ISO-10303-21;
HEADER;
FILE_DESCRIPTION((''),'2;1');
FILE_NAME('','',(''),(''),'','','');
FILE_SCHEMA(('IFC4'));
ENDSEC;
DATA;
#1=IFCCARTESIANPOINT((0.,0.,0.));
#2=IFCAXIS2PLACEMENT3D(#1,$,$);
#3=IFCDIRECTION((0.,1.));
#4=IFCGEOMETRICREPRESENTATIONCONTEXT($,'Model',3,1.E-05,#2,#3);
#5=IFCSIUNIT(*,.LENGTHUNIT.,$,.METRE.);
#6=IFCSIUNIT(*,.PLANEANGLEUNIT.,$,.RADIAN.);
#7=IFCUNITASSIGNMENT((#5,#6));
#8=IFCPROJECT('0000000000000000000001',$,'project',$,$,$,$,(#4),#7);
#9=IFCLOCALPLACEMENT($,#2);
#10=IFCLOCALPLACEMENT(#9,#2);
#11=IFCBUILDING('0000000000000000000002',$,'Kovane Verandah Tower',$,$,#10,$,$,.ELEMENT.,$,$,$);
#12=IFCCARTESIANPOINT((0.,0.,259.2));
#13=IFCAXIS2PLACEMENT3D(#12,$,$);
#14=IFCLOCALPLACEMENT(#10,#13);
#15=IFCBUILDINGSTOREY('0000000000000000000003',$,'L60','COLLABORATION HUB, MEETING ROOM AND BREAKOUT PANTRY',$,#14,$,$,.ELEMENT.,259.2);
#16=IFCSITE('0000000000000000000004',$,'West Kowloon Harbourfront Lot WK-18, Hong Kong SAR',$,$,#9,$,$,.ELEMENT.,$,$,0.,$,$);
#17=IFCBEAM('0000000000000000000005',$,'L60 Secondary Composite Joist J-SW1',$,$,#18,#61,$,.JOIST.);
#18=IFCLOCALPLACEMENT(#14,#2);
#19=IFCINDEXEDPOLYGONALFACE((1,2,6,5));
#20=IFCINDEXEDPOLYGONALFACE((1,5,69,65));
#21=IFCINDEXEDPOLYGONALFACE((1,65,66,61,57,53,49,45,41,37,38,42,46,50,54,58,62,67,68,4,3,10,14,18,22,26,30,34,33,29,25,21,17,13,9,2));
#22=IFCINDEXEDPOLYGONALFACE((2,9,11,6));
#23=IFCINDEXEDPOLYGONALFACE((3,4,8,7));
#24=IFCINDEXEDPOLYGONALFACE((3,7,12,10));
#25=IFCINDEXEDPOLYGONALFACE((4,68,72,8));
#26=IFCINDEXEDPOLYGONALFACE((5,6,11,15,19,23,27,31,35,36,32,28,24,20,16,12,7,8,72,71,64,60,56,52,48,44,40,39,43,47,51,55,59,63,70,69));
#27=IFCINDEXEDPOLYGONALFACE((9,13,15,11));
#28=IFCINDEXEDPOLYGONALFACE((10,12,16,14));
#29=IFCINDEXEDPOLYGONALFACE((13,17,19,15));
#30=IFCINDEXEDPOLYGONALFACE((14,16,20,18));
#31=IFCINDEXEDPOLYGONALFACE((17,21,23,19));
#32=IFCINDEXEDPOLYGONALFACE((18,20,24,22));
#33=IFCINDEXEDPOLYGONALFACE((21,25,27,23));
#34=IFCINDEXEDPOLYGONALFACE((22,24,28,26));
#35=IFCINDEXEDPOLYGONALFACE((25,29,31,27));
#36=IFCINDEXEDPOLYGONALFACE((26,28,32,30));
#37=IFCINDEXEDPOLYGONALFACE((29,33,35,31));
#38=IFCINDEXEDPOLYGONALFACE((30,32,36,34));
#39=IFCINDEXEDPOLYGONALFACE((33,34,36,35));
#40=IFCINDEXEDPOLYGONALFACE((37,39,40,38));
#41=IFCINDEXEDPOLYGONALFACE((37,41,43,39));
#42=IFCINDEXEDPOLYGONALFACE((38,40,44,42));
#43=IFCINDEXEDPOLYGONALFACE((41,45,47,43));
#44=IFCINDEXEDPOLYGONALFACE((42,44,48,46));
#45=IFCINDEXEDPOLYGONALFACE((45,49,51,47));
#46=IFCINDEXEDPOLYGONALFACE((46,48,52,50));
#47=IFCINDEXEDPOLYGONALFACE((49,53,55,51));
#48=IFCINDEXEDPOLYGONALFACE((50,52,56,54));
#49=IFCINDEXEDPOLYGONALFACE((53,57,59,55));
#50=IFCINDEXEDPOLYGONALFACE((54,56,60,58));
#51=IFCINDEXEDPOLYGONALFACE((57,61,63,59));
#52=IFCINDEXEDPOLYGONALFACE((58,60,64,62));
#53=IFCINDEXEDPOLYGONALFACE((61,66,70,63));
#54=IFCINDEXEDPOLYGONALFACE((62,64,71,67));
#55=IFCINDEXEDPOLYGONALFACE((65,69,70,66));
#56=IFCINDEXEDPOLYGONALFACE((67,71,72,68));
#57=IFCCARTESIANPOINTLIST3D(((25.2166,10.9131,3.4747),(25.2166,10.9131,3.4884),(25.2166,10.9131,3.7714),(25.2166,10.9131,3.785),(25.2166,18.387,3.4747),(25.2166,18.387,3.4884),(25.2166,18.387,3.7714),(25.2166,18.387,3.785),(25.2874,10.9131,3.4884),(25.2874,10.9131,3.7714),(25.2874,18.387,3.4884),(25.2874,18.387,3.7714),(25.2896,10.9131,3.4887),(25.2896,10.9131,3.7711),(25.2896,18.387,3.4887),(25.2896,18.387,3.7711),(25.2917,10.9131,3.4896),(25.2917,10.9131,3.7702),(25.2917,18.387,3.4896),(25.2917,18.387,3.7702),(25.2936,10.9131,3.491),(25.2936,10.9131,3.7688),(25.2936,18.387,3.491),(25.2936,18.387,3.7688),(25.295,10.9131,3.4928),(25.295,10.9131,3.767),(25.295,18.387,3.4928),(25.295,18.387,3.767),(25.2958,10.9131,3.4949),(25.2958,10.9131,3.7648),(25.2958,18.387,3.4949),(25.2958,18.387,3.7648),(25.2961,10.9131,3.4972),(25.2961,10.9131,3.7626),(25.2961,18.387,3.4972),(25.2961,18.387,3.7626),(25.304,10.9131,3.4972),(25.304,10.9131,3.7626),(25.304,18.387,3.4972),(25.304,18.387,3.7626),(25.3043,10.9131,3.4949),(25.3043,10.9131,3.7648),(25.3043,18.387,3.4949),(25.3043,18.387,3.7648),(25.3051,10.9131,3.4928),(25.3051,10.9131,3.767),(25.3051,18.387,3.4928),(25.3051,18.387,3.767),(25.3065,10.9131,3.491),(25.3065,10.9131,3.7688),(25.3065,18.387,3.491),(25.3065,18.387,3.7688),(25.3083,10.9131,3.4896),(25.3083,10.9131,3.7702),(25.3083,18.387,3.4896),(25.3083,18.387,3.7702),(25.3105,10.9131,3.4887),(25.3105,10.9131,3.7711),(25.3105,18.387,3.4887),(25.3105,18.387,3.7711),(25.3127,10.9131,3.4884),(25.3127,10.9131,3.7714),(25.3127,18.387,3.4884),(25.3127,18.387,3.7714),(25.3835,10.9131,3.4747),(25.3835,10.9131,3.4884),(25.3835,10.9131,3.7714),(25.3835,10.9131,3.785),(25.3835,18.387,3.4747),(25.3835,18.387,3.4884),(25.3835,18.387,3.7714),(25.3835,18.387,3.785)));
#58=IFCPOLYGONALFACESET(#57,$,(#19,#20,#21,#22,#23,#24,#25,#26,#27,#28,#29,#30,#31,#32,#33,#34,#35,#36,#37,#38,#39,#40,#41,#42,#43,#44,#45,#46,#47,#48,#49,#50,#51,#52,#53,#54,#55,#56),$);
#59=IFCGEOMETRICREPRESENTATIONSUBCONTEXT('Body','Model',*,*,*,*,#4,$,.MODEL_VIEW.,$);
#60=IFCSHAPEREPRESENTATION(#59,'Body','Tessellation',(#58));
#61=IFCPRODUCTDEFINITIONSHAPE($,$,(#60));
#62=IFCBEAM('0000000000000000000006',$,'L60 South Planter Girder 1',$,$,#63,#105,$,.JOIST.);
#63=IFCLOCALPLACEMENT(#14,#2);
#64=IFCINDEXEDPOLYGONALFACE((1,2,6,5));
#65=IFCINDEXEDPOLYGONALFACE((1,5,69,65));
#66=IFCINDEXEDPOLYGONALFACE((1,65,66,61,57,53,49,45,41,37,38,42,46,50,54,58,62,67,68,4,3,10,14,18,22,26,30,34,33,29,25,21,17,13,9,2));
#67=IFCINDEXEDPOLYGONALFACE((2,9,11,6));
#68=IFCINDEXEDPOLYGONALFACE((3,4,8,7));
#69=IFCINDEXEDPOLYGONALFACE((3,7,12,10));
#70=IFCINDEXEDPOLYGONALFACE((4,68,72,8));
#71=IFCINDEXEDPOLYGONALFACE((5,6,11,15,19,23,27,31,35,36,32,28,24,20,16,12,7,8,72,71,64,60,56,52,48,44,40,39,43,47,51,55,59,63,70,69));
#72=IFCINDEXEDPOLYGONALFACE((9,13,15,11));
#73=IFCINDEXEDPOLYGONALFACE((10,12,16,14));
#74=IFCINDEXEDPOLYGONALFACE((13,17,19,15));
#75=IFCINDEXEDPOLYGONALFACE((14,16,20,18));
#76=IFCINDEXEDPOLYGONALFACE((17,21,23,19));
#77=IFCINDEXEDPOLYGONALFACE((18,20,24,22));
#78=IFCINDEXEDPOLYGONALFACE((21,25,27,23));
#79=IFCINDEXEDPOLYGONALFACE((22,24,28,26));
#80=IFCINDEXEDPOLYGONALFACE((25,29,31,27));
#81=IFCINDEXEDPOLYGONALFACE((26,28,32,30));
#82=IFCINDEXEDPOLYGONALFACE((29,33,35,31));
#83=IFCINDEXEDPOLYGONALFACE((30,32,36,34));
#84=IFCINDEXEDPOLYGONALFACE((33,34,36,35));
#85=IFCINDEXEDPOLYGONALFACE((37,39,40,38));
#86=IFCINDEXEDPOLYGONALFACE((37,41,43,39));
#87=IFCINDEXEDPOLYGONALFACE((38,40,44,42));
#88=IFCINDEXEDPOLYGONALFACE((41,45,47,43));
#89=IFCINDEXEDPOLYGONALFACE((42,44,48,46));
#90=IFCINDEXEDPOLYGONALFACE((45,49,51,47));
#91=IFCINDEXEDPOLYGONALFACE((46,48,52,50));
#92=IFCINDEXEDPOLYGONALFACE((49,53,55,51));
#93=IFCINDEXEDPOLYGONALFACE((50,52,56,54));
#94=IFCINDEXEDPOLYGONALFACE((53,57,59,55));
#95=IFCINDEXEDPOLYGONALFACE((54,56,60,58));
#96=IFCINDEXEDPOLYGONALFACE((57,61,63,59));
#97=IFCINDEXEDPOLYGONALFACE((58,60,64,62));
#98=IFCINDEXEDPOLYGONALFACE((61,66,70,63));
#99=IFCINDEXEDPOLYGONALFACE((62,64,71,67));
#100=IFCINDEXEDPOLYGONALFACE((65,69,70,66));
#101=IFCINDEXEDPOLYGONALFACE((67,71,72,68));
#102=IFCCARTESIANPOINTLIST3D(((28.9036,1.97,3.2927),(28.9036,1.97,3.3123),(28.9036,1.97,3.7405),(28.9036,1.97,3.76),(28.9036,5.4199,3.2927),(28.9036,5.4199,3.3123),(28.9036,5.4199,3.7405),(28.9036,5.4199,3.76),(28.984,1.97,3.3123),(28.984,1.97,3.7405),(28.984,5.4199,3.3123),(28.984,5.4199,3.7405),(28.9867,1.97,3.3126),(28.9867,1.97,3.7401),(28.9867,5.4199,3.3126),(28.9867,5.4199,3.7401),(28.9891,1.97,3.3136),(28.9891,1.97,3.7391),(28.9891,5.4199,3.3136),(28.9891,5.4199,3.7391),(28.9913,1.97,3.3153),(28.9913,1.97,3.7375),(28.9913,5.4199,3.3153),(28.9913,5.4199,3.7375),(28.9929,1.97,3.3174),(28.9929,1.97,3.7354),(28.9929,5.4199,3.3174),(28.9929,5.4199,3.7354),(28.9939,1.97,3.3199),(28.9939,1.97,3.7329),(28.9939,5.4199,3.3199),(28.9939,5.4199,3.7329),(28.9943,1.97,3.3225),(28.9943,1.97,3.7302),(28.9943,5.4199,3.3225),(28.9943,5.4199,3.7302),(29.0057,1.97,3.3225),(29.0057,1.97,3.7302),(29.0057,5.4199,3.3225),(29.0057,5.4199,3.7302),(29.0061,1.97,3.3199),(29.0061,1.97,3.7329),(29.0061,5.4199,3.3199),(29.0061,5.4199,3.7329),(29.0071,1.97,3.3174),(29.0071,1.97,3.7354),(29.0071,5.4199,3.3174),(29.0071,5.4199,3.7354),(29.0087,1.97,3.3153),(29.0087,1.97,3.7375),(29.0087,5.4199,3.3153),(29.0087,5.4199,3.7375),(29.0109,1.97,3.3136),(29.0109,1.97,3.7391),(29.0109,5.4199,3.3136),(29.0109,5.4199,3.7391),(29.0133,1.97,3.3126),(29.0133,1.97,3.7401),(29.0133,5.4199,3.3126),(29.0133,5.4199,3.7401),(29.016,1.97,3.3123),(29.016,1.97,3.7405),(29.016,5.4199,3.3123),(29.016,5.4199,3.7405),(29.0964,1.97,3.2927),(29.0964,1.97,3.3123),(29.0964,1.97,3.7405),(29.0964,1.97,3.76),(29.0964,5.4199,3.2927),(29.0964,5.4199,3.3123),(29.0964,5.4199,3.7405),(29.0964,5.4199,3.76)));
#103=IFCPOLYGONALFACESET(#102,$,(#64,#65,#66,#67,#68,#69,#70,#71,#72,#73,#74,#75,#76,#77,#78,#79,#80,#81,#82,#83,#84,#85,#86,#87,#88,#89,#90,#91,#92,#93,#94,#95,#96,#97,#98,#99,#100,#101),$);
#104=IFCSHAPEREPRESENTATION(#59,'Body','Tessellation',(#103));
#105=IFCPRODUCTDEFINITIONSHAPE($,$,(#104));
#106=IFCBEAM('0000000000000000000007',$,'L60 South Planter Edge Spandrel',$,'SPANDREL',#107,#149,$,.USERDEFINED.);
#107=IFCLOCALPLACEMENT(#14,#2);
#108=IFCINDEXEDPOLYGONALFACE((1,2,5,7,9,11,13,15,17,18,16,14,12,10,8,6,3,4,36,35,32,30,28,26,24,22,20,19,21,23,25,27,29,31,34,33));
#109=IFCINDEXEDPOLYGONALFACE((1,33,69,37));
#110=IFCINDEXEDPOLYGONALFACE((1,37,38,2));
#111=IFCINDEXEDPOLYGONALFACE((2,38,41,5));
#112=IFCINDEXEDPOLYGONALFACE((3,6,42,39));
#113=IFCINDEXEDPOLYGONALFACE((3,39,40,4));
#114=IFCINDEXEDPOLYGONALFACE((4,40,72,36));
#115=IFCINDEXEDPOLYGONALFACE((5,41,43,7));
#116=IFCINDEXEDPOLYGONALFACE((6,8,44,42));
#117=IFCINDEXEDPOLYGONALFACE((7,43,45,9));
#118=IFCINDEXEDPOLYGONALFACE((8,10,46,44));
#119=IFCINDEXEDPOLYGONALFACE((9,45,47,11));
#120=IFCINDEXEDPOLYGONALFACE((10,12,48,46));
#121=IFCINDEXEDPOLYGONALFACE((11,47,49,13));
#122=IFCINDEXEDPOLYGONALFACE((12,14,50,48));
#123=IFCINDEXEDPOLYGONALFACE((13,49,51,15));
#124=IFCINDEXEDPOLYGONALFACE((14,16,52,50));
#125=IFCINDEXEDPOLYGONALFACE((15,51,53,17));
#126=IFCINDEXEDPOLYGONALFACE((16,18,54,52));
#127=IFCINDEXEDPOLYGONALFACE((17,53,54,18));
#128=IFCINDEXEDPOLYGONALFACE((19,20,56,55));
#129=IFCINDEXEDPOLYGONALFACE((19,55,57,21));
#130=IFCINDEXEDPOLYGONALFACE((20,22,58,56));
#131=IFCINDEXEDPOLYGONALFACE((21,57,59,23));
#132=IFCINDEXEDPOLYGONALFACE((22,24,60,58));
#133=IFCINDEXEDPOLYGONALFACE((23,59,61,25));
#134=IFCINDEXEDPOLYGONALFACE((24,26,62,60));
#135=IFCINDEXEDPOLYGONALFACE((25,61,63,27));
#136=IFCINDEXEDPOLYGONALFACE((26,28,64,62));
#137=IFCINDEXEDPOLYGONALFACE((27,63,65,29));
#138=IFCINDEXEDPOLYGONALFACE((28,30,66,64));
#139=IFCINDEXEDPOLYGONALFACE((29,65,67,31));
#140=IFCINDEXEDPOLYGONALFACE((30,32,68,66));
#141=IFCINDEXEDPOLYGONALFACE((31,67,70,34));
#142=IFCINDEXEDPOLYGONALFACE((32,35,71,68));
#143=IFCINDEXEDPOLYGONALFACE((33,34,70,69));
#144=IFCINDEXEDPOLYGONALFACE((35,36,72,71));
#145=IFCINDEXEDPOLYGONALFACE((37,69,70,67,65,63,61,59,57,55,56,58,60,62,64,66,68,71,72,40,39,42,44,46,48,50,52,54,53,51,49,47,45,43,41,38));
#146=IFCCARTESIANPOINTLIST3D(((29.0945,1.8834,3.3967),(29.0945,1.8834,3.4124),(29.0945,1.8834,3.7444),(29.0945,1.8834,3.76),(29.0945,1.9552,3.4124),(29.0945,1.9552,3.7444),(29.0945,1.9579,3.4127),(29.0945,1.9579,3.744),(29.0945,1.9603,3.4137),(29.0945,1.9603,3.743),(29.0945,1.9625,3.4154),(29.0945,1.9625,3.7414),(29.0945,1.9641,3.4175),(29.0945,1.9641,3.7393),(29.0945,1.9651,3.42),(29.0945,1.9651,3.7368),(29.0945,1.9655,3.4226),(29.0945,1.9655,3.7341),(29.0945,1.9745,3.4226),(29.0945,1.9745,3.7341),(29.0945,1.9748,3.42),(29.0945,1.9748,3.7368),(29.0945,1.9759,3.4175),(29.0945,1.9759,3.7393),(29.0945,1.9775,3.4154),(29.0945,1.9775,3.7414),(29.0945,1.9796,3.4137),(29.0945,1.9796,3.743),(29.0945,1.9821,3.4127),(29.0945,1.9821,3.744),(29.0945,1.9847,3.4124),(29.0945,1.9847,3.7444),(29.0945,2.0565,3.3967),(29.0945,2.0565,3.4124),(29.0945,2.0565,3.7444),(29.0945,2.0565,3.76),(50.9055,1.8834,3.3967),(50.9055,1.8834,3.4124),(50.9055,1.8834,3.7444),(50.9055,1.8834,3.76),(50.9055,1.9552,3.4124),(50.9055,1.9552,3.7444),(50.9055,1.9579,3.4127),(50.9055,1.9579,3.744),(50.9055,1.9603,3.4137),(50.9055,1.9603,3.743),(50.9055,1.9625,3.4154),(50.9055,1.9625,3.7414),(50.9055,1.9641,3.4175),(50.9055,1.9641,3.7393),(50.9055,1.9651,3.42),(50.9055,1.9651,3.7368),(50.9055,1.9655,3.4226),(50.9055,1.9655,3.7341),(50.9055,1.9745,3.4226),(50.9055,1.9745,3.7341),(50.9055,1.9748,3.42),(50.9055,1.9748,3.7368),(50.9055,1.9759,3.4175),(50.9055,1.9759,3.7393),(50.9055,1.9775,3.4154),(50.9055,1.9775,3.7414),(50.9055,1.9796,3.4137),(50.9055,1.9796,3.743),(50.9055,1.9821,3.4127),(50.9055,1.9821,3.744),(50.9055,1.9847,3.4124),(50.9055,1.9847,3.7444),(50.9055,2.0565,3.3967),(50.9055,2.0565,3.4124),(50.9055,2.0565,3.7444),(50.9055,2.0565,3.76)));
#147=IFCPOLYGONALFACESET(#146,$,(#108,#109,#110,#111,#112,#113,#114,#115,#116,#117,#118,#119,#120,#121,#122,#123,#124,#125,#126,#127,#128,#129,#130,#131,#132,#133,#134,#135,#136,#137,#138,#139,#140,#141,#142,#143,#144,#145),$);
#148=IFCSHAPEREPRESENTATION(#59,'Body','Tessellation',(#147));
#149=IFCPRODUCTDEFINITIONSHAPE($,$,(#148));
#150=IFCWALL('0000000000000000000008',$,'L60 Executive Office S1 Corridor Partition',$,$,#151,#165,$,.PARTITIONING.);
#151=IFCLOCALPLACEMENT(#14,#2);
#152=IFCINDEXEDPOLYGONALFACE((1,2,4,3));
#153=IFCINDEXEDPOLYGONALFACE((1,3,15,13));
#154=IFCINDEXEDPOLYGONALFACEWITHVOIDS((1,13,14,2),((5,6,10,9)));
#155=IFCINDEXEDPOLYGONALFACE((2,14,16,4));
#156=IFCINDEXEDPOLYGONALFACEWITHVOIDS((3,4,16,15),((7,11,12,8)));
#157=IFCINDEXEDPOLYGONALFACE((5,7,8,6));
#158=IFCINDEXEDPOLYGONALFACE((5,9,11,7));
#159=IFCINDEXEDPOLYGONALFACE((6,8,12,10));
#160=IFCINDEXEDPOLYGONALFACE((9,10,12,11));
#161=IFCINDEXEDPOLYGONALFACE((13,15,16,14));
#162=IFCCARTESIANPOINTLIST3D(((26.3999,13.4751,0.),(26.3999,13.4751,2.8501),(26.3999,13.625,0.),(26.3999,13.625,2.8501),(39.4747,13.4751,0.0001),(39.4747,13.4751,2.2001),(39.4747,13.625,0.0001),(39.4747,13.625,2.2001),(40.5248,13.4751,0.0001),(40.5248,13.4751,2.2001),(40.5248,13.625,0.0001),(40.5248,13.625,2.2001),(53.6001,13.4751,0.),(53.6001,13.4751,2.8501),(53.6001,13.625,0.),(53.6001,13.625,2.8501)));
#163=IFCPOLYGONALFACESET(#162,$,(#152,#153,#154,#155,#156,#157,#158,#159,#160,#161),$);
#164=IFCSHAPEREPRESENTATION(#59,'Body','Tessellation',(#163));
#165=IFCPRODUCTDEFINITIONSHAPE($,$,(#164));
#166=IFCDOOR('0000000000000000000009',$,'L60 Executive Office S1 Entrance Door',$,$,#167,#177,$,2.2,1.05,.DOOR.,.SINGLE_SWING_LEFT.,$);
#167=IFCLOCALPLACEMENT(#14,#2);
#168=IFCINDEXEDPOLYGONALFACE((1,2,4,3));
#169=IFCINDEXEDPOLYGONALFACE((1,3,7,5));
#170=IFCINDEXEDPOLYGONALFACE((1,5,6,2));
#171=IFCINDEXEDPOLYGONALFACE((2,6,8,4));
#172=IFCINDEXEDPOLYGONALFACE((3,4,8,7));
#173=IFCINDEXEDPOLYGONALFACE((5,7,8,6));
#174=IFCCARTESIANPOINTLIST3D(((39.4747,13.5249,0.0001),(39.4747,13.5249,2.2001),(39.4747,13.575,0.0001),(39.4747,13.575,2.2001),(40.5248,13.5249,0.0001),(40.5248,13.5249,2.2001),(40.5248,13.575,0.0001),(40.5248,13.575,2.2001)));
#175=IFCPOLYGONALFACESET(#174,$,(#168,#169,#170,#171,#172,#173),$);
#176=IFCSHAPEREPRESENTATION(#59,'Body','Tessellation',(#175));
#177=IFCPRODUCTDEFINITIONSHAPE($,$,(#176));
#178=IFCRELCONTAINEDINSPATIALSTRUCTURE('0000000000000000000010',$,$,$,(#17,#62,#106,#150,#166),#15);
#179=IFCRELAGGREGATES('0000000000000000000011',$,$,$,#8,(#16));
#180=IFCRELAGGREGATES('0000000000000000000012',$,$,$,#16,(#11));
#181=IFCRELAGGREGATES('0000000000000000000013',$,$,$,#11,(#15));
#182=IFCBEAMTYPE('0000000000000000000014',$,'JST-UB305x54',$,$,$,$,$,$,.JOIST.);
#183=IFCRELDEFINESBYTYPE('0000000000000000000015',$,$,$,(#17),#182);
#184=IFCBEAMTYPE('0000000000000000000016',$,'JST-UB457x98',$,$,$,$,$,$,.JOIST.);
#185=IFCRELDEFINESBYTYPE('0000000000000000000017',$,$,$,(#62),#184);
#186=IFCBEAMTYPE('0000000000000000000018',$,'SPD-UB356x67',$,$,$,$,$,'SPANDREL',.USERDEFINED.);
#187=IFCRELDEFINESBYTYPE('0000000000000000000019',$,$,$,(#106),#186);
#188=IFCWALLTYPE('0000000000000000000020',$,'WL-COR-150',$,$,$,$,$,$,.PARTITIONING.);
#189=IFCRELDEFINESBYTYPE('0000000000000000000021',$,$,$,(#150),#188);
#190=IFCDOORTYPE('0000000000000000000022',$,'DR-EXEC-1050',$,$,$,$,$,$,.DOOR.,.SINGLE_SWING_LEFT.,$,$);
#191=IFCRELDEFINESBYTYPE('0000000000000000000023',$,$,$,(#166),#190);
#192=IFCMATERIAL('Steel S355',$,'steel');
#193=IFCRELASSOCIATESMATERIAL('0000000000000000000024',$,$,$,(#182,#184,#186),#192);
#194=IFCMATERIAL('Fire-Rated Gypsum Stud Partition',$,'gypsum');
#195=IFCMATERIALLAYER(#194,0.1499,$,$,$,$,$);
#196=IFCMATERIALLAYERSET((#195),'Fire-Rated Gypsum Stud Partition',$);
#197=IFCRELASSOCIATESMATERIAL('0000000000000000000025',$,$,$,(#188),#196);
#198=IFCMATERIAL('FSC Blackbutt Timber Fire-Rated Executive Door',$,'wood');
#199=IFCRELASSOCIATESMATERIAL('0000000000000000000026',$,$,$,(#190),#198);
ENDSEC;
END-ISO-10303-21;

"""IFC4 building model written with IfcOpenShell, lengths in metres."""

from ifc_helpers import new_model, si_unit, direction, frame, frame_2d, origin, origin_2d, place, context, subcontext, project, spatial, rectangle, i_section, extrude, material, layer, layer_set, material_profile, profile_set, type_object, element, fill, save


model = new_model("IFC4")

# Units and contexts
model_context = context("Model", 3, precision=1e-05, world=origin(), true_north=direction((0.0, 1.0)))
body_context = subcontext(model_context, "Body", "Model", "MODEL_VIEW")
ifc_project = project(units=[si_unit("LENGTHUNIT", "METRE"), si_unit("PLANEANGLEUNIT", "RADIAN")], contexts=[model_context])

# Site, building, storey
site_placement = place(None, origin())
site = spatial("IfcSite", under=ifc_project, at=site_placement, Name="West Kowloon Harbourfront Lot WK-18, Hong Kong SAR", CompositionType="ELEMENT", RefElevation=0.0)
building_placement = place(site_placement, origin())
building = spatial("IfcBuilding", under=site, at=building_placement, Name="Kovane Verandah Tower", CompositionType="ELEMENT")
storey_placement = place(building_placement, frame((0.0, 0.0, 259.2)))
storey = spatial("IfcBuildingStorey", under=building, at=storey_placement, Name="L60", Description="COLLABORATION HUB, MEETING ROOM AND BREAKOUT PANTRY", CompositionType="ELEMENT", Elevation=259.2)

# Beams
ifc_material_1 = material(Name="Steel S355", Category="steel")
ifc_material_profile_1 = material_profile(ifc_material_1, i_section(OverallWidth=0.167, OverallDepth=0.3103, WebThickness=0.0078, FlangeThickness=0.0137, FilletRadius=0.0088, at=origin_2d()), Name="UB305x165x54")
ifc_profile_set_1 = profile_set([ifc_material_profile_1], Name="Steel S355")
beam_type_1 = type_object("IfcBeamType", Name="JST-UB305x54", PredefinedType="JOIST", material=ifc_profile_set_1)
beam_1_placement = place(storey_placement, frame((25.3, 10.9131, 3.6299), z_axis=(0.0, 1.0, 0.0), x_axis=(-1.0, 0.0, 0.0)))
element("IfcBeam", 1, at=beam_1_placement, inside=storey, type_object=beam_type_1, Name="L60 Secondary Composite Joist J-SW1", PredefinedType="JOIST", context=body_context, shape_type="SweptSolid", body=[
    extrude(i_section(OverallWidth=0.167, OverallDepth=0.3103, WebThickness=0.0078, FlangeThickness=0.0137, FilletRadius=0.0088, at=origin_2d()), origin(), (0.0, 0.0, 1.0), 7.4739),
])
ifc_material_profile_2 = material_profile(ifc_material_1, i_section(OverallWidth=0.1929, OverallDepth=0.4673, WebThickness=0.0115, FlangeThickness=0.0195, FilletRadius=0.0103, at=origin_2d()), Name="UB457x191x98")
ifc_profile_set_2 = profile_set([ifc_material_profile_2], Name="Steel S355")
beam_type_2 = type_object("IfcBeamType", Name="JST-UB457x98", PredefinedType="JOIST", material=ifc_profile_set_2)
beam_2_placement = place(storey_placement, frame((29.0, 5.4199, 3.5264), z_axis=(0.0, -1.0, 0.0), x_axis=(1.0, 0.0, 0.0)))
element("IfcBeam", 2, at=beam_2_placement, inside=storey, type_object=beam_type_2, Name="L60 South Planter Girder 1", PredefinedType="JOIST", context=body_context, shape_type="SweptSolid", body=[
    extrude(i_section(OverallWidth=0.1929, OverallDepth=0.4673, WebThickness=0.0115, FlangeThickness=0.0195, FilletRadius=0.0103, at=origin_2d()), origin(), (0.0, 0.0, 1.0), 3.45),
])
ifc_material_profile_3 = material_profile(ifc_material_1, i_section(OverallWidth=0.1731, OverallDepth=0.3633, WebThickness=0.009, FlangeThickness=0.0156, FilletRadius=0.0103, at=origin_2d()), Name="UB356x171x67")
ifc_profile_set_3 = profile_set([ifc_material_profile_3], Name="Steel S355")
beam_type_3 = type_object("IfcBeamType", Name="SPD-UB356x67", ElementType="SPANDREL", PredefinedType="USERDEFINED", material=ifc_profile_set_3)
beam_3_placement = place(storey_placement, frame((29.0945, 1.97, 3.5784), z_axis=(1.0, 0.0, 0.0), x_axis=(0.0, 1.0, 0.0)))
element("IfcBeam", 3, at=beam_3_placement, inside=storey, type_object=beam_type_3, Name="L60 South Planter Edge Spandrel", ObjectType="SPANDREL", PredefinedType="USERDEFINED", context=body_context, shape_type="SweptSolid", body=[
    extrude(i_section(OverallWidth=0.1731, OverallDepth=0.3633, WebThickness=0.009, FlangeThickness=0.0156, FilletRadius=0.0103, at=origin_2d()), origin(), (0.0, 0.0, 1.0), 21.811),
])

# Wall, opening, door
ifc_material_2 = material(Name="Fire-Rated Gypsum Stud Partition", Category="gypsum")
ifc_layer_1 = layer(ifc_material_2, 0.1499)
ifc_layer_set_1 = layer_set([ifc_layer_1], Name="Fire-Rated Gypsum Stud Partition")
wall_type_1 = type_object("IfcWallType", Name="WL-COR-150", PredefinedType="PARTITIONING", material=ifc_layer_set_1)
wall_1_placement = place(storey_placement, frame((26.3999, 13.55, 0.0), z_axis=(0.0, 0.0, 1.0), x_axis=(1.0, 0.0, 0.0)))
wall_1 = element("IfcWall", 4, at=wall_1_placement, inside=storey, type_object=wall_type_1, Name="L60 Executive Office S1 Corridor Partition", PredefinedType="PARTITIONING", context=body_context, shape_type="SweptSolid", body=[
    extrude(rectangle(XDim=27.2002, YDim=0.1499, at=frame_2d((13.6001, 0.0))), origin(), (0.0, 0.0, 1.0), 2.8501),
])
opening_1_placement = place(wall_1_placement, frame((13.075, 0.0, 0.0)))
opening_1 = element("IfcOpeningElement", 5, at=opening_1_placement, cuts=wall_1, PredefinedType="OPENING", context=body_context, shape_type="SweptSolid", body=[
    extrude(rectangle(XDim=1.05, YDim=2.2, at=frame_2d((0.5249, 1.1001))), frame((0.0, 0.075, 0.0), z_axis=(0.0, -1.0, 0.0), x_axis=(1.0, 0.0, 0.0)), (0.0, 0.0, 1.0), 0.1499),
])
ifc_material_3 = material(Name="FSC Blackbutt Timber Fire-Rated Executive Door", Category="wood")
door_type_1 = type_object("IfcDoorType", Name="DR-EXEC-1050", OperationType="SINGLE_SWING_LEFT", PredefinedType="DOOR", material=ifc_material_3)
door_1_placement = place(opening_1_placement, origin())
door_1 = element("IfcDoor", 6, at=door_1_placement, inside=storey, type_object=door_type_1, Name="L60 Executive Office S1 Entrance Door", OperationType="SINGLE_SWING_LEFT", OverallHeight=2.2, OverallWidth=1.05, PredefinedType="DOOR", context=body_context, shape_type="SweptSolid", body=[
    extrude(rectangle(XDim=1.05, YDim=2.2, at=frame_2d((0.5249, 1.1001))), frame((0.0, 0.0249, 0.0), z_axis=(0.0, -1.0, 0.0), x_axis=(1.0, 0.0, 0.0)), (0.0, 0.0, 1.0), 0.05),
])
fill(opening_1, door_1)

save(model, "model.ifc")
